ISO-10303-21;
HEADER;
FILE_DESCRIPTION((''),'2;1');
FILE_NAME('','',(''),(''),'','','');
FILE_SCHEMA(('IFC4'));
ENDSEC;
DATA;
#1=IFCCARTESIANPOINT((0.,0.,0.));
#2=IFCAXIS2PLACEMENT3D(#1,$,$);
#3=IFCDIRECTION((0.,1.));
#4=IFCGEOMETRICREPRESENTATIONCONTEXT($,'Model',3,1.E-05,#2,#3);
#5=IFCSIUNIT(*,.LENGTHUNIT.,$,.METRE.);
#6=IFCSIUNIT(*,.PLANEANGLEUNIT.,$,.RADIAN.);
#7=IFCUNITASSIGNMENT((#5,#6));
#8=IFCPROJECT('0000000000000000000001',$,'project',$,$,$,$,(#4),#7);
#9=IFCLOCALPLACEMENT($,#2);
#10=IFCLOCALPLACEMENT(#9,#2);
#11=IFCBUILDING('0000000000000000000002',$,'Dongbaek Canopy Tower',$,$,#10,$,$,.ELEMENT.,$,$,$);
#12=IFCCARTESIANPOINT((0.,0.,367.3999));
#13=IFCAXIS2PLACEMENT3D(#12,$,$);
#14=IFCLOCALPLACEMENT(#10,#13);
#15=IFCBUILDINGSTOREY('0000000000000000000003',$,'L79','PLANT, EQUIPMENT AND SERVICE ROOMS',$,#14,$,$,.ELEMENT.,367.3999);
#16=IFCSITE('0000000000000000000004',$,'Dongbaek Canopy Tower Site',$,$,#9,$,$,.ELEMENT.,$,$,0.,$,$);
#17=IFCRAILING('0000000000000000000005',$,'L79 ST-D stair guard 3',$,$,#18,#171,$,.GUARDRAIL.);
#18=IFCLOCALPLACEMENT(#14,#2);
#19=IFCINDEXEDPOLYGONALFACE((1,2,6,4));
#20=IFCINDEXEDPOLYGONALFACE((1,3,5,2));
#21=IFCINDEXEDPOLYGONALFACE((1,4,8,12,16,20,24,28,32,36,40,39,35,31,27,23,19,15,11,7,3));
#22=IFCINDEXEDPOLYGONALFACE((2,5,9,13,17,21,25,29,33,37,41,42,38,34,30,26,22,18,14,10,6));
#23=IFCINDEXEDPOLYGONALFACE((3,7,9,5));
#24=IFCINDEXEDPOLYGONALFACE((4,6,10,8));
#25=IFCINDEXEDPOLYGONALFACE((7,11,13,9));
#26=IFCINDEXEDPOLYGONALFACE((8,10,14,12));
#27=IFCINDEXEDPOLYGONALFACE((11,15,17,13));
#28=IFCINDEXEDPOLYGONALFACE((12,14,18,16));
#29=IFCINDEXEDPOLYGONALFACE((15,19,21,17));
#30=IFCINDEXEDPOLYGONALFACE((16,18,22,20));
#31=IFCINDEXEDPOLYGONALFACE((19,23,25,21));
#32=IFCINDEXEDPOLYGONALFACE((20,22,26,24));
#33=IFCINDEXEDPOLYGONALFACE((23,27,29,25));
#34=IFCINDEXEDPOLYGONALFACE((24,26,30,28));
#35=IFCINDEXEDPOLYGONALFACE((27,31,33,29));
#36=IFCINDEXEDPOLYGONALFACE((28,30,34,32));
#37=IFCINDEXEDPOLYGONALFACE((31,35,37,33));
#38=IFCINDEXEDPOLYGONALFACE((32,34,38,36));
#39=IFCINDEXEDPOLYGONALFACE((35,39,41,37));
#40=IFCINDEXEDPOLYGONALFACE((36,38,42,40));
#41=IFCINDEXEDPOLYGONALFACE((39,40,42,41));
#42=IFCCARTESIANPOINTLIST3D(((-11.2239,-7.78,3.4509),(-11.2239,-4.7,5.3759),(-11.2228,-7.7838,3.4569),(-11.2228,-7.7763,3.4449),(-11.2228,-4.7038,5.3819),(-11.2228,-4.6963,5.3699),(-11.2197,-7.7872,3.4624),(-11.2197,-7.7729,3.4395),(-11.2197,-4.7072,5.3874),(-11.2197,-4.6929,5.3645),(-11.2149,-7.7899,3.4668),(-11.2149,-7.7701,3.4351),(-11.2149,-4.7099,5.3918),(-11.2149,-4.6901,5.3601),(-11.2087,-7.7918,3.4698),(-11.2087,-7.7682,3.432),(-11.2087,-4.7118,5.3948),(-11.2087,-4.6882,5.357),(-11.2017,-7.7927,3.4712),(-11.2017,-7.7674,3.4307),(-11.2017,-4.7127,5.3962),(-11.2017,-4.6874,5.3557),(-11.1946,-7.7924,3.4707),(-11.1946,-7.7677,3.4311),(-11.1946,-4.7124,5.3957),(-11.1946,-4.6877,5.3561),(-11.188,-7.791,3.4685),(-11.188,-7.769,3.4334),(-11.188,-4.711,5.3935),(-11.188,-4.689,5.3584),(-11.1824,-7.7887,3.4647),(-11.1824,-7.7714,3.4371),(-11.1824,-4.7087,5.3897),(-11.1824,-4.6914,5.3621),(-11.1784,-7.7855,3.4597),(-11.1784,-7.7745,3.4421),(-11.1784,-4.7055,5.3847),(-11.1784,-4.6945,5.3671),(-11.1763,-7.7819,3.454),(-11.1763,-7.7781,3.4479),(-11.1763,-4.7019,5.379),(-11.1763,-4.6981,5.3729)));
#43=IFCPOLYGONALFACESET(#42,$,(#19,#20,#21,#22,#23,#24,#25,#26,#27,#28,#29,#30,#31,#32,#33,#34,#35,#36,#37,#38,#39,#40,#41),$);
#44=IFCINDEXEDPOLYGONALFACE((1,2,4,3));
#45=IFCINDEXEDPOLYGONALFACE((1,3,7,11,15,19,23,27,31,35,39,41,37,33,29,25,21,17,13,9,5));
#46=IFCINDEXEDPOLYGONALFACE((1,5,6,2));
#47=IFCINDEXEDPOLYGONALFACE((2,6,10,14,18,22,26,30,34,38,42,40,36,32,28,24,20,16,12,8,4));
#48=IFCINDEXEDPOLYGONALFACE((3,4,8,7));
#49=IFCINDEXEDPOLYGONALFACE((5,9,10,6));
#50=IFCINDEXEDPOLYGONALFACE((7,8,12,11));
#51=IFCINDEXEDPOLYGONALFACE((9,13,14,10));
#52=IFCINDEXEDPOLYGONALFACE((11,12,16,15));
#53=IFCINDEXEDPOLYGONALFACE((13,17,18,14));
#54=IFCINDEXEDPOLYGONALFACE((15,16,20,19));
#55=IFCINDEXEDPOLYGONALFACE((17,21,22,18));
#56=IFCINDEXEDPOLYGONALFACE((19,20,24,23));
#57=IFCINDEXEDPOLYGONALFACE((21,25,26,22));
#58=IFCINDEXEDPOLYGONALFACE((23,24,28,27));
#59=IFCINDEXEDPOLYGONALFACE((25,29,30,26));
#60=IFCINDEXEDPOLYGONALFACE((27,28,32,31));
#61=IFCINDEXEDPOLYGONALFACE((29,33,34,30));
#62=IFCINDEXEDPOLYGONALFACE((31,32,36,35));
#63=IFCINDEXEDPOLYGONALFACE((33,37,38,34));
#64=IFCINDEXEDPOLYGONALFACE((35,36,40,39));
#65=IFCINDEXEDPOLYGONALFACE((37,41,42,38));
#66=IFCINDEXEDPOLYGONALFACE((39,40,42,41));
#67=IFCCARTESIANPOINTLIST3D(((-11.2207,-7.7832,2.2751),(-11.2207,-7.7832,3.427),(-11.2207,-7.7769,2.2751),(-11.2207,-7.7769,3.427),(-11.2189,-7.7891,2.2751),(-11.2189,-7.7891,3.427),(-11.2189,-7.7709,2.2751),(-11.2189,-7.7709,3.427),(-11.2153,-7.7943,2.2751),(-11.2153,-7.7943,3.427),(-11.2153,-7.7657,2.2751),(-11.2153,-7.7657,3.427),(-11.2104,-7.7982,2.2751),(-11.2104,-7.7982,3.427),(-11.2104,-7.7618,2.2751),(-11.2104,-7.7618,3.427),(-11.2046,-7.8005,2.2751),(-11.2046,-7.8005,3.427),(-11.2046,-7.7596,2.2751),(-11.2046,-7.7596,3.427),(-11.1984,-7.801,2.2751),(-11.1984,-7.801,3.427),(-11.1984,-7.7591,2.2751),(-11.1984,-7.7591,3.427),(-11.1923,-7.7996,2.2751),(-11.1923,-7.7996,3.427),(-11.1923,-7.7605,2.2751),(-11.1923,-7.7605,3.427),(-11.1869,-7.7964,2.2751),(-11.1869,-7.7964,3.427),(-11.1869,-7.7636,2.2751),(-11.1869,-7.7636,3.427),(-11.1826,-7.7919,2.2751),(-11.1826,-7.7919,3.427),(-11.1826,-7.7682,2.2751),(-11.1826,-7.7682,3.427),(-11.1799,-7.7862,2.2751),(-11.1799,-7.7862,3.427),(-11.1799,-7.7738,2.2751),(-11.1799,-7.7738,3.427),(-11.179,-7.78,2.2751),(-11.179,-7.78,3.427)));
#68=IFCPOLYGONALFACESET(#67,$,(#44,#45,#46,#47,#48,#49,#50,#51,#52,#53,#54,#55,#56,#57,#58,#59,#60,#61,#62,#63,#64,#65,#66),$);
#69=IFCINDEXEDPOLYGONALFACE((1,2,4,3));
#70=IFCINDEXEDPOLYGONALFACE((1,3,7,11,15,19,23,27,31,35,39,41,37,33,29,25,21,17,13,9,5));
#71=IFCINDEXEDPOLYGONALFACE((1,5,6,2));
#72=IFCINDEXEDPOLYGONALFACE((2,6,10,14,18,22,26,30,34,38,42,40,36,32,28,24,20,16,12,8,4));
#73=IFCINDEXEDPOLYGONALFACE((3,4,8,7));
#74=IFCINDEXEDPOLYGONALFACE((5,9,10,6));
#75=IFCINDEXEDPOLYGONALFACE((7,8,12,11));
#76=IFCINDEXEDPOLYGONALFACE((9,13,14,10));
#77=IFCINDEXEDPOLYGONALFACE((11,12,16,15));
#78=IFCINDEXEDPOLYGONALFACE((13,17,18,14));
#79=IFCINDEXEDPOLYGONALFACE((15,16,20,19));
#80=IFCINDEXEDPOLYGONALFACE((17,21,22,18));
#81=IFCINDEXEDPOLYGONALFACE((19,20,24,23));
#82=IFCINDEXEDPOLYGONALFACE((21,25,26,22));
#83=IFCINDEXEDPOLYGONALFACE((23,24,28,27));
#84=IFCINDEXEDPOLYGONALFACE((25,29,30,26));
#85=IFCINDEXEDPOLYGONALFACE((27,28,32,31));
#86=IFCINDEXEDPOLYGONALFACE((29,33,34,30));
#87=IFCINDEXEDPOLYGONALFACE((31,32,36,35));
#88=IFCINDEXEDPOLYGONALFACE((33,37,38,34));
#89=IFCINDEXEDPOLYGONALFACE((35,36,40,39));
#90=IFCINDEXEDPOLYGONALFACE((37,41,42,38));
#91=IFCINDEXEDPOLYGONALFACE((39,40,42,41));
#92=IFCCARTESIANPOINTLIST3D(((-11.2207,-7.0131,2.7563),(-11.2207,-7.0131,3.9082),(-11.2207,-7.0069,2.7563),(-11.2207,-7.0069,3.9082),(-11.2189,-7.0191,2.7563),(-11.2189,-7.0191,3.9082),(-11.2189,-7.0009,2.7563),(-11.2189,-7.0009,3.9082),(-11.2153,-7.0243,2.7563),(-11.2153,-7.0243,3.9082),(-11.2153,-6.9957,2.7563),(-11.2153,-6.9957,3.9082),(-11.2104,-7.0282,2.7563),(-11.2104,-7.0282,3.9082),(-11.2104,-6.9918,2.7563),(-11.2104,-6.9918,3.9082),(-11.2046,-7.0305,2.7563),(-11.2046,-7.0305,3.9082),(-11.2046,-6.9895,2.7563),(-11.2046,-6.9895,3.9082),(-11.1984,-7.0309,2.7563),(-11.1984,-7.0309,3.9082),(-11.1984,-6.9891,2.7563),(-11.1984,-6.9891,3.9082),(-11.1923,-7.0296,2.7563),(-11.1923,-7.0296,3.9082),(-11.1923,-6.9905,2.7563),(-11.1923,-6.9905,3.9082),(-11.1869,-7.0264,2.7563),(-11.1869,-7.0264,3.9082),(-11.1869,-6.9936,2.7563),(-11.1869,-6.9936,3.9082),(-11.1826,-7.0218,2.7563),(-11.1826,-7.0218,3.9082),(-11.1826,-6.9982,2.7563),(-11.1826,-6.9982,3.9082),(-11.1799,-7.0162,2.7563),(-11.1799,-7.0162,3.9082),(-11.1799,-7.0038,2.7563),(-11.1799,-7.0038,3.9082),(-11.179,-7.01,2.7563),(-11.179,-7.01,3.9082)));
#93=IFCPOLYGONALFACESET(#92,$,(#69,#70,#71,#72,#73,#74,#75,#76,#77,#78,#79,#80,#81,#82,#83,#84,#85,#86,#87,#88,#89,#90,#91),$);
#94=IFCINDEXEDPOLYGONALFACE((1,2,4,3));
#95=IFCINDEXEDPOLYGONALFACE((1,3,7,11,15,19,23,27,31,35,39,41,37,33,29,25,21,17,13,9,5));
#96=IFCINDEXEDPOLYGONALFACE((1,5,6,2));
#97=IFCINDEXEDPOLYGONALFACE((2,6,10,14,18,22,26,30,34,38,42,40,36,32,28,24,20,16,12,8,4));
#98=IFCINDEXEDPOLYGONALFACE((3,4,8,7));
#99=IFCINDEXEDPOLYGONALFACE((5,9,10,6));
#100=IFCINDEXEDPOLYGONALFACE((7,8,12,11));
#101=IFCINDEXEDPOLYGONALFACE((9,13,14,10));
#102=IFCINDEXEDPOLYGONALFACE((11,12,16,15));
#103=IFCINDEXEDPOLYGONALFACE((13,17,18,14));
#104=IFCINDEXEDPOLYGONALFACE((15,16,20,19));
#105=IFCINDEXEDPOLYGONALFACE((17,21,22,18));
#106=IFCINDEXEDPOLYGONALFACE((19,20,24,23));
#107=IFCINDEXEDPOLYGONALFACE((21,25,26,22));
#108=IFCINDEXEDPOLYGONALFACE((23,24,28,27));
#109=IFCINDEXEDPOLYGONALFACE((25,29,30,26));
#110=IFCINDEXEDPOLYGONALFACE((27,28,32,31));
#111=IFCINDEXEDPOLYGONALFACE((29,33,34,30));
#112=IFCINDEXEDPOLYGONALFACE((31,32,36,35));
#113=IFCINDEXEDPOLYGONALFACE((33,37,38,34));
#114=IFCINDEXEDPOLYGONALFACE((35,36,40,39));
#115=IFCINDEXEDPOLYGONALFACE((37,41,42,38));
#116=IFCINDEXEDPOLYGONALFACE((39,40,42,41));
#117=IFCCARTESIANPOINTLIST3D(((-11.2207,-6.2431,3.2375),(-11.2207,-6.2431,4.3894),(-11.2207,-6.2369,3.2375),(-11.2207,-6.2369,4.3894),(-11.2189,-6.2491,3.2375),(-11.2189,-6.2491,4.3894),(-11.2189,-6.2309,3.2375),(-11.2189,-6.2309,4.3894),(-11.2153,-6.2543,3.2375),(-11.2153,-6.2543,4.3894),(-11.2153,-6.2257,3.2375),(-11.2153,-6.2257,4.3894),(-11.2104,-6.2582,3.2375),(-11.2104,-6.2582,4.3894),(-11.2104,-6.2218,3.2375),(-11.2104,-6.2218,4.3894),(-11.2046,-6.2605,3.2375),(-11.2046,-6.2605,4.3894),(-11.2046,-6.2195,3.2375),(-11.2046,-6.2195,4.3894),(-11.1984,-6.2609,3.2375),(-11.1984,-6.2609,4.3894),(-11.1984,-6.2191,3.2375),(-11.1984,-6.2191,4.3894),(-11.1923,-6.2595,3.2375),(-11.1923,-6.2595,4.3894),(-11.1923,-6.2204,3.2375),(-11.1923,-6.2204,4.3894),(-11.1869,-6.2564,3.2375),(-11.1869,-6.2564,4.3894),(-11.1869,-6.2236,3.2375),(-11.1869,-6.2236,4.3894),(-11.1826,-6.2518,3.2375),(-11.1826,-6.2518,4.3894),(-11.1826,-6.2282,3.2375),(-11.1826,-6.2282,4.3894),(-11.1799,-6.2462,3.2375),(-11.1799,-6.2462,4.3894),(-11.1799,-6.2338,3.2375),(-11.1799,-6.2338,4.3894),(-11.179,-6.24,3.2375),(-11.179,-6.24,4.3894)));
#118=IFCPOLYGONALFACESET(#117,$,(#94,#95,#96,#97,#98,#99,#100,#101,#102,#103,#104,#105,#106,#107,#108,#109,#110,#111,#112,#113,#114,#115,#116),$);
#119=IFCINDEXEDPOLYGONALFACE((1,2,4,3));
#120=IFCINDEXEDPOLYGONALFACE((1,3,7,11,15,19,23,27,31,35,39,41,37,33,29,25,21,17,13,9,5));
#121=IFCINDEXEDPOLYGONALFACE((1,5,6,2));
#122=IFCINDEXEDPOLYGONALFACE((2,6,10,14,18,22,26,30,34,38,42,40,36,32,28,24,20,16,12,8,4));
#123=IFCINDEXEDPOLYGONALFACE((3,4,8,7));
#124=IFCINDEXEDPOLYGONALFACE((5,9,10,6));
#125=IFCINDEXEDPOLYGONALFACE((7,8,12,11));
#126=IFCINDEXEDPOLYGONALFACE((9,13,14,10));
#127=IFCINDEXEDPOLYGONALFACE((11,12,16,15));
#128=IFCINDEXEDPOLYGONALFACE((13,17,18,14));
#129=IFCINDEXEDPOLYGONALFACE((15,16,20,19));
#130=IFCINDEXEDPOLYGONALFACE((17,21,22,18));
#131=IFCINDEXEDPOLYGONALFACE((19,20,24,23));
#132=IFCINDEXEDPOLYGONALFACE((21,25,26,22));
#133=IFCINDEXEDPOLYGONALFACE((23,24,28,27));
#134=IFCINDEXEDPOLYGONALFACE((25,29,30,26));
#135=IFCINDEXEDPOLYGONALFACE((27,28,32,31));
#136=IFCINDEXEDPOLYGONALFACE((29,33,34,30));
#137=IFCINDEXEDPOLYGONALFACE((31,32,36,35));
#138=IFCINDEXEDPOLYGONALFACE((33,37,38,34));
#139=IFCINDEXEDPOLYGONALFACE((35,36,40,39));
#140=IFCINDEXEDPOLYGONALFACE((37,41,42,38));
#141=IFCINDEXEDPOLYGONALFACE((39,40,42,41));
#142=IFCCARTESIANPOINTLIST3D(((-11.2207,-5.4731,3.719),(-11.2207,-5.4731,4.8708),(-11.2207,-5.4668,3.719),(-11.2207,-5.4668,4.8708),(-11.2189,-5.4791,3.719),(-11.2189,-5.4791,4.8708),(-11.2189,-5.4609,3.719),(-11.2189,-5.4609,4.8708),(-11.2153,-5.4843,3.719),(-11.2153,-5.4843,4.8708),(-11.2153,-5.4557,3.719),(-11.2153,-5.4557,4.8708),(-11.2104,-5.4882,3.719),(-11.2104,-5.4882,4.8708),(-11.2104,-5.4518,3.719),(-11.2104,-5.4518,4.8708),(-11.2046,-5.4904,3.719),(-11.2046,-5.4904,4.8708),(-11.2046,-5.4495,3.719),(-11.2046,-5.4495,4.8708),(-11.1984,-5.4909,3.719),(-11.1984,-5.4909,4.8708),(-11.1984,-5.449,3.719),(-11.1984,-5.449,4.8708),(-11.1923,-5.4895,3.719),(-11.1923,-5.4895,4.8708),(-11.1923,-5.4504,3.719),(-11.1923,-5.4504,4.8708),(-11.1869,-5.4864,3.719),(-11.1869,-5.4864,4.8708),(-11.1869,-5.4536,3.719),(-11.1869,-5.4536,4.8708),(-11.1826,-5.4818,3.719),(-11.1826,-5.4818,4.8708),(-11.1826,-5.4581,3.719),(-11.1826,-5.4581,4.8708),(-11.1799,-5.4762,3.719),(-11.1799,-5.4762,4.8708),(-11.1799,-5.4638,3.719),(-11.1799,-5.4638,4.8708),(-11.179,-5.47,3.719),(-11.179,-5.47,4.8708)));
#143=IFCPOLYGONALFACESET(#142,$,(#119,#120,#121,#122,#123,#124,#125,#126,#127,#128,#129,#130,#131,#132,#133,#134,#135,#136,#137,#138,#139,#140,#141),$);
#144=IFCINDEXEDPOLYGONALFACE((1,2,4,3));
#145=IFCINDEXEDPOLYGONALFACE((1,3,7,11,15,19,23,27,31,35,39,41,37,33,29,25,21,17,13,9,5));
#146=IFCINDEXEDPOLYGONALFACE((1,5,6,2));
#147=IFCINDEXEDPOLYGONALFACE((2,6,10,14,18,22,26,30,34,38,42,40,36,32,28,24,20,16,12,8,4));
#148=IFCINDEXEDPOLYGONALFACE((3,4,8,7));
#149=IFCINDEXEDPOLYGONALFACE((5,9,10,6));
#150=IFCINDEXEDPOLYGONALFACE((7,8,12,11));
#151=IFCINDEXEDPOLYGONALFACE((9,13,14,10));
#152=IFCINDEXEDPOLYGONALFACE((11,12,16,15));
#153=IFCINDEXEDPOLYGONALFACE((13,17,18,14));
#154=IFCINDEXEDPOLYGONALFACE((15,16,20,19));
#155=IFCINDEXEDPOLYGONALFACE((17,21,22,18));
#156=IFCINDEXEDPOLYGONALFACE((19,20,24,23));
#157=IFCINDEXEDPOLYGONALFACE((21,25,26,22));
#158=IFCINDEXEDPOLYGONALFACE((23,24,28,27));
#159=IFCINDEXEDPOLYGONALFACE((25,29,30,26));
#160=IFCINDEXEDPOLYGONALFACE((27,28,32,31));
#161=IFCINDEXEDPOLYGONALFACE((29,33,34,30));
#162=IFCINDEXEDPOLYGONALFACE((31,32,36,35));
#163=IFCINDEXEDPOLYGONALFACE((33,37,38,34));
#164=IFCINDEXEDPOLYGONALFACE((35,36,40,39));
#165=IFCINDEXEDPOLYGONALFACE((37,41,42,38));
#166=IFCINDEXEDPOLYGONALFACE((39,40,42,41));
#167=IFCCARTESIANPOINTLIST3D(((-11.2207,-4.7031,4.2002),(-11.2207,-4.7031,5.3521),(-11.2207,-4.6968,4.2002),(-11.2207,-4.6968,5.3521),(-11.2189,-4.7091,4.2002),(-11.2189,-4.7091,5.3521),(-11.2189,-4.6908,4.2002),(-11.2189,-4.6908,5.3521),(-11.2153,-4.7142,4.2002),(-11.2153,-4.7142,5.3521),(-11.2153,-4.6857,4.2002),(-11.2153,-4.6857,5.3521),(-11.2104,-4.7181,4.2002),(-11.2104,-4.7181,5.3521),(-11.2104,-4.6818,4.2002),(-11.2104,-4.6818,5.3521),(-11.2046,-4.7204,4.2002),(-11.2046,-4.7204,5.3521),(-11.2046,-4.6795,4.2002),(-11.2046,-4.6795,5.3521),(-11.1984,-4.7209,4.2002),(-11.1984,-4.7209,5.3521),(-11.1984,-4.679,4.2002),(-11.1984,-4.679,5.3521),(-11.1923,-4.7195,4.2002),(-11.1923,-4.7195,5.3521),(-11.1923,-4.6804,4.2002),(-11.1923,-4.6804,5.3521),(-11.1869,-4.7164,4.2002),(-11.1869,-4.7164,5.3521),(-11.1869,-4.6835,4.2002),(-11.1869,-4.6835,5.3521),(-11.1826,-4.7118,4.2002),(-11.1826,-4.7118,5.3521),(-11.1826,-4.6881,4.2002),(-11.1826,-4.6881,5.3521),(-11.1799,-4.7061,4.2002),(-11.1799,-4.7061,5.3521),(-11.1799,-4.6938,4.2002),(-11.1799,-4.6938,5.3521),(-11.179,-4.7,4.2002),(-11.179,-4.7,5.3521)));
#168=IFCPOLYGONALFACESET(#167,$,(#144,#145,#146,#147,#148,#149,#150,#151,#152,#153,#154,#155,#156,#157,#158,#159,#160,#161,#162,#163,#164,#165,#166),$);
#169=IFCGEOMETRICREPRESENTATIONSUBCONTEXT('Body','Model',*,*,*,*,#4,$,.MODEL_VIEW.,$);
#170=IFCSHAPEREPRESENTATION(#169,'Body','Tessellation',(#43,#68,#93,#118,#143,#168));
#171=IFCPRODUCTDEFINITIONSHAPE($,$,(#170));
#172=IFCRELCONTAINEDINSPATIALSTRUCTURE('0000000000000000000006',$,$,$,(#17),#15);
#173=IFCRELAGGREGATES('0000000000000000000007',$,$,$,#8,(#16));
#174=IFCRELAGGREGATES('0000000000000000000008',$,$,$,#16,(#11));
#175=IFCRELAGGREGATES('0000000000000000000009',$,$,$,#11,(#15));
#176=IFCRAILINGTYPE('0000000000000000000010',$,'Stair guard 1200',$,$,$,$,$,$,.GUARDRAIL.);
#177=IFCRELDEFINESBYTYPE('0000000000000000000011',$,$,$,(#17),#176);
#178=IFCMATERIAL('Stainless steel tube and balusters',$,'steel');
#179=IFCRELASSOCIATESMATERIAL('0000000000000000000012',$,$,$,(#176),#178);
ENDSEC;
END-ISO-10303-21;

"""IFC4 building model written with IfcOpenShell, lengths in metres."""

from ifc_helpers import new_model, si_unit, direction, frame, origin, origin_2d, place, context, subcontext, project, spatial, circle, extrude, material, type_object, element, save


model = new_model("IFC4")

# Units and contexts
model_context = context("Model", 3, precision=1e-05, world=origin(), true_north=direction((0.0, 1.0)))
body_context = subcontext(model_context, "Body", "Model", "MODEL_VIEW")
ifc_project = project(units=[si_unit("LENGTHUNIT", "METRE"), si_unit("PLANEANGLEUNIT", "RADIAN")], contexts=[model_context])

# Site, building, storey
site_placement = place(None, origin())
site = spatial("IfcSite", under=ifc_project, at=site_placement, Name="Dongbaek Canopy Tower Site", CompositionType="ELEMENT", RefElevation=0.0)
building_placement = place(site_placement, origin())
building = spatial("IfcBuilding", under=site, at=building_placement, Name="Dongbaek Canopy Tower", CompositionType="ELEMENT")
storey_placement = place(building_placement, frame((0.0, 0.0, 367.3999)))
storey = spatial("IfcBuildingStorey", under=building, at=storey_placement, Name="L79", Description="PLANT, EQUIPMENT AND SERVICE ROOMS", CompositionType="ELEMENT", Elevation=367.3999)

# Railing
ifc_material_1 = material(Name="Stainless steel tube and balusters", Category="steel")
railing_type_1 = type_object("IfcRailingType", Name="Stair guard 1200", PredefinedType="GUARDRAIL", material=ifc_material_1)
railing_1_placement = place(storey_placement, frame((-11.2, -7.78, 2.2751)))
element("IfcRailing", 1, at=railing_1_placement, inside=storey, type_object=railing_type_1, Name="L79 ST-D stair guard 3", PredefinedType="GUARDRAIL", context=body_context, shape_type="SweptSolid", body=[
    extrude(circle(Radius=0.0239, at=origin_2d()), frame((0.0, 0.0, 1.1758), z_axis=(0.0, 0.847998, 0.529999), x_axis=(-1.0, 0.0, 0.0)), (0.0, 0.0, 1.0), 3.6321),
    extrude(circle(Radius=0.021, at=origin_2d()), origin(), (0.0, 0.0, 1.0), 1.1519),
    extrude(circle(Radius=0.021, at=origin_2d()), frame((0.0, 0.77, 0.4812)), (0.0, 0.0, 1.0), 1.1519),
    extrude(circle(Radius=0.021, at=origin_2d()), frame((0.0, 1.54, 0.9624)), (0.0, 0.0, 1.0), 1.1519),
    extrude(circle(Radius=0.021, at=origin_2d()), frame((0.0, 2.3101, 1.4438)), (0.0, 0.0, 1.0), 1.1519),
    extrude(circle(Radius=0.021, at=origin_2d()), frame((0.0, 3.0801, 1.925)), (0.0, 0.0, 1.0), 1.1519),
])

save(model, "model.ifc")
